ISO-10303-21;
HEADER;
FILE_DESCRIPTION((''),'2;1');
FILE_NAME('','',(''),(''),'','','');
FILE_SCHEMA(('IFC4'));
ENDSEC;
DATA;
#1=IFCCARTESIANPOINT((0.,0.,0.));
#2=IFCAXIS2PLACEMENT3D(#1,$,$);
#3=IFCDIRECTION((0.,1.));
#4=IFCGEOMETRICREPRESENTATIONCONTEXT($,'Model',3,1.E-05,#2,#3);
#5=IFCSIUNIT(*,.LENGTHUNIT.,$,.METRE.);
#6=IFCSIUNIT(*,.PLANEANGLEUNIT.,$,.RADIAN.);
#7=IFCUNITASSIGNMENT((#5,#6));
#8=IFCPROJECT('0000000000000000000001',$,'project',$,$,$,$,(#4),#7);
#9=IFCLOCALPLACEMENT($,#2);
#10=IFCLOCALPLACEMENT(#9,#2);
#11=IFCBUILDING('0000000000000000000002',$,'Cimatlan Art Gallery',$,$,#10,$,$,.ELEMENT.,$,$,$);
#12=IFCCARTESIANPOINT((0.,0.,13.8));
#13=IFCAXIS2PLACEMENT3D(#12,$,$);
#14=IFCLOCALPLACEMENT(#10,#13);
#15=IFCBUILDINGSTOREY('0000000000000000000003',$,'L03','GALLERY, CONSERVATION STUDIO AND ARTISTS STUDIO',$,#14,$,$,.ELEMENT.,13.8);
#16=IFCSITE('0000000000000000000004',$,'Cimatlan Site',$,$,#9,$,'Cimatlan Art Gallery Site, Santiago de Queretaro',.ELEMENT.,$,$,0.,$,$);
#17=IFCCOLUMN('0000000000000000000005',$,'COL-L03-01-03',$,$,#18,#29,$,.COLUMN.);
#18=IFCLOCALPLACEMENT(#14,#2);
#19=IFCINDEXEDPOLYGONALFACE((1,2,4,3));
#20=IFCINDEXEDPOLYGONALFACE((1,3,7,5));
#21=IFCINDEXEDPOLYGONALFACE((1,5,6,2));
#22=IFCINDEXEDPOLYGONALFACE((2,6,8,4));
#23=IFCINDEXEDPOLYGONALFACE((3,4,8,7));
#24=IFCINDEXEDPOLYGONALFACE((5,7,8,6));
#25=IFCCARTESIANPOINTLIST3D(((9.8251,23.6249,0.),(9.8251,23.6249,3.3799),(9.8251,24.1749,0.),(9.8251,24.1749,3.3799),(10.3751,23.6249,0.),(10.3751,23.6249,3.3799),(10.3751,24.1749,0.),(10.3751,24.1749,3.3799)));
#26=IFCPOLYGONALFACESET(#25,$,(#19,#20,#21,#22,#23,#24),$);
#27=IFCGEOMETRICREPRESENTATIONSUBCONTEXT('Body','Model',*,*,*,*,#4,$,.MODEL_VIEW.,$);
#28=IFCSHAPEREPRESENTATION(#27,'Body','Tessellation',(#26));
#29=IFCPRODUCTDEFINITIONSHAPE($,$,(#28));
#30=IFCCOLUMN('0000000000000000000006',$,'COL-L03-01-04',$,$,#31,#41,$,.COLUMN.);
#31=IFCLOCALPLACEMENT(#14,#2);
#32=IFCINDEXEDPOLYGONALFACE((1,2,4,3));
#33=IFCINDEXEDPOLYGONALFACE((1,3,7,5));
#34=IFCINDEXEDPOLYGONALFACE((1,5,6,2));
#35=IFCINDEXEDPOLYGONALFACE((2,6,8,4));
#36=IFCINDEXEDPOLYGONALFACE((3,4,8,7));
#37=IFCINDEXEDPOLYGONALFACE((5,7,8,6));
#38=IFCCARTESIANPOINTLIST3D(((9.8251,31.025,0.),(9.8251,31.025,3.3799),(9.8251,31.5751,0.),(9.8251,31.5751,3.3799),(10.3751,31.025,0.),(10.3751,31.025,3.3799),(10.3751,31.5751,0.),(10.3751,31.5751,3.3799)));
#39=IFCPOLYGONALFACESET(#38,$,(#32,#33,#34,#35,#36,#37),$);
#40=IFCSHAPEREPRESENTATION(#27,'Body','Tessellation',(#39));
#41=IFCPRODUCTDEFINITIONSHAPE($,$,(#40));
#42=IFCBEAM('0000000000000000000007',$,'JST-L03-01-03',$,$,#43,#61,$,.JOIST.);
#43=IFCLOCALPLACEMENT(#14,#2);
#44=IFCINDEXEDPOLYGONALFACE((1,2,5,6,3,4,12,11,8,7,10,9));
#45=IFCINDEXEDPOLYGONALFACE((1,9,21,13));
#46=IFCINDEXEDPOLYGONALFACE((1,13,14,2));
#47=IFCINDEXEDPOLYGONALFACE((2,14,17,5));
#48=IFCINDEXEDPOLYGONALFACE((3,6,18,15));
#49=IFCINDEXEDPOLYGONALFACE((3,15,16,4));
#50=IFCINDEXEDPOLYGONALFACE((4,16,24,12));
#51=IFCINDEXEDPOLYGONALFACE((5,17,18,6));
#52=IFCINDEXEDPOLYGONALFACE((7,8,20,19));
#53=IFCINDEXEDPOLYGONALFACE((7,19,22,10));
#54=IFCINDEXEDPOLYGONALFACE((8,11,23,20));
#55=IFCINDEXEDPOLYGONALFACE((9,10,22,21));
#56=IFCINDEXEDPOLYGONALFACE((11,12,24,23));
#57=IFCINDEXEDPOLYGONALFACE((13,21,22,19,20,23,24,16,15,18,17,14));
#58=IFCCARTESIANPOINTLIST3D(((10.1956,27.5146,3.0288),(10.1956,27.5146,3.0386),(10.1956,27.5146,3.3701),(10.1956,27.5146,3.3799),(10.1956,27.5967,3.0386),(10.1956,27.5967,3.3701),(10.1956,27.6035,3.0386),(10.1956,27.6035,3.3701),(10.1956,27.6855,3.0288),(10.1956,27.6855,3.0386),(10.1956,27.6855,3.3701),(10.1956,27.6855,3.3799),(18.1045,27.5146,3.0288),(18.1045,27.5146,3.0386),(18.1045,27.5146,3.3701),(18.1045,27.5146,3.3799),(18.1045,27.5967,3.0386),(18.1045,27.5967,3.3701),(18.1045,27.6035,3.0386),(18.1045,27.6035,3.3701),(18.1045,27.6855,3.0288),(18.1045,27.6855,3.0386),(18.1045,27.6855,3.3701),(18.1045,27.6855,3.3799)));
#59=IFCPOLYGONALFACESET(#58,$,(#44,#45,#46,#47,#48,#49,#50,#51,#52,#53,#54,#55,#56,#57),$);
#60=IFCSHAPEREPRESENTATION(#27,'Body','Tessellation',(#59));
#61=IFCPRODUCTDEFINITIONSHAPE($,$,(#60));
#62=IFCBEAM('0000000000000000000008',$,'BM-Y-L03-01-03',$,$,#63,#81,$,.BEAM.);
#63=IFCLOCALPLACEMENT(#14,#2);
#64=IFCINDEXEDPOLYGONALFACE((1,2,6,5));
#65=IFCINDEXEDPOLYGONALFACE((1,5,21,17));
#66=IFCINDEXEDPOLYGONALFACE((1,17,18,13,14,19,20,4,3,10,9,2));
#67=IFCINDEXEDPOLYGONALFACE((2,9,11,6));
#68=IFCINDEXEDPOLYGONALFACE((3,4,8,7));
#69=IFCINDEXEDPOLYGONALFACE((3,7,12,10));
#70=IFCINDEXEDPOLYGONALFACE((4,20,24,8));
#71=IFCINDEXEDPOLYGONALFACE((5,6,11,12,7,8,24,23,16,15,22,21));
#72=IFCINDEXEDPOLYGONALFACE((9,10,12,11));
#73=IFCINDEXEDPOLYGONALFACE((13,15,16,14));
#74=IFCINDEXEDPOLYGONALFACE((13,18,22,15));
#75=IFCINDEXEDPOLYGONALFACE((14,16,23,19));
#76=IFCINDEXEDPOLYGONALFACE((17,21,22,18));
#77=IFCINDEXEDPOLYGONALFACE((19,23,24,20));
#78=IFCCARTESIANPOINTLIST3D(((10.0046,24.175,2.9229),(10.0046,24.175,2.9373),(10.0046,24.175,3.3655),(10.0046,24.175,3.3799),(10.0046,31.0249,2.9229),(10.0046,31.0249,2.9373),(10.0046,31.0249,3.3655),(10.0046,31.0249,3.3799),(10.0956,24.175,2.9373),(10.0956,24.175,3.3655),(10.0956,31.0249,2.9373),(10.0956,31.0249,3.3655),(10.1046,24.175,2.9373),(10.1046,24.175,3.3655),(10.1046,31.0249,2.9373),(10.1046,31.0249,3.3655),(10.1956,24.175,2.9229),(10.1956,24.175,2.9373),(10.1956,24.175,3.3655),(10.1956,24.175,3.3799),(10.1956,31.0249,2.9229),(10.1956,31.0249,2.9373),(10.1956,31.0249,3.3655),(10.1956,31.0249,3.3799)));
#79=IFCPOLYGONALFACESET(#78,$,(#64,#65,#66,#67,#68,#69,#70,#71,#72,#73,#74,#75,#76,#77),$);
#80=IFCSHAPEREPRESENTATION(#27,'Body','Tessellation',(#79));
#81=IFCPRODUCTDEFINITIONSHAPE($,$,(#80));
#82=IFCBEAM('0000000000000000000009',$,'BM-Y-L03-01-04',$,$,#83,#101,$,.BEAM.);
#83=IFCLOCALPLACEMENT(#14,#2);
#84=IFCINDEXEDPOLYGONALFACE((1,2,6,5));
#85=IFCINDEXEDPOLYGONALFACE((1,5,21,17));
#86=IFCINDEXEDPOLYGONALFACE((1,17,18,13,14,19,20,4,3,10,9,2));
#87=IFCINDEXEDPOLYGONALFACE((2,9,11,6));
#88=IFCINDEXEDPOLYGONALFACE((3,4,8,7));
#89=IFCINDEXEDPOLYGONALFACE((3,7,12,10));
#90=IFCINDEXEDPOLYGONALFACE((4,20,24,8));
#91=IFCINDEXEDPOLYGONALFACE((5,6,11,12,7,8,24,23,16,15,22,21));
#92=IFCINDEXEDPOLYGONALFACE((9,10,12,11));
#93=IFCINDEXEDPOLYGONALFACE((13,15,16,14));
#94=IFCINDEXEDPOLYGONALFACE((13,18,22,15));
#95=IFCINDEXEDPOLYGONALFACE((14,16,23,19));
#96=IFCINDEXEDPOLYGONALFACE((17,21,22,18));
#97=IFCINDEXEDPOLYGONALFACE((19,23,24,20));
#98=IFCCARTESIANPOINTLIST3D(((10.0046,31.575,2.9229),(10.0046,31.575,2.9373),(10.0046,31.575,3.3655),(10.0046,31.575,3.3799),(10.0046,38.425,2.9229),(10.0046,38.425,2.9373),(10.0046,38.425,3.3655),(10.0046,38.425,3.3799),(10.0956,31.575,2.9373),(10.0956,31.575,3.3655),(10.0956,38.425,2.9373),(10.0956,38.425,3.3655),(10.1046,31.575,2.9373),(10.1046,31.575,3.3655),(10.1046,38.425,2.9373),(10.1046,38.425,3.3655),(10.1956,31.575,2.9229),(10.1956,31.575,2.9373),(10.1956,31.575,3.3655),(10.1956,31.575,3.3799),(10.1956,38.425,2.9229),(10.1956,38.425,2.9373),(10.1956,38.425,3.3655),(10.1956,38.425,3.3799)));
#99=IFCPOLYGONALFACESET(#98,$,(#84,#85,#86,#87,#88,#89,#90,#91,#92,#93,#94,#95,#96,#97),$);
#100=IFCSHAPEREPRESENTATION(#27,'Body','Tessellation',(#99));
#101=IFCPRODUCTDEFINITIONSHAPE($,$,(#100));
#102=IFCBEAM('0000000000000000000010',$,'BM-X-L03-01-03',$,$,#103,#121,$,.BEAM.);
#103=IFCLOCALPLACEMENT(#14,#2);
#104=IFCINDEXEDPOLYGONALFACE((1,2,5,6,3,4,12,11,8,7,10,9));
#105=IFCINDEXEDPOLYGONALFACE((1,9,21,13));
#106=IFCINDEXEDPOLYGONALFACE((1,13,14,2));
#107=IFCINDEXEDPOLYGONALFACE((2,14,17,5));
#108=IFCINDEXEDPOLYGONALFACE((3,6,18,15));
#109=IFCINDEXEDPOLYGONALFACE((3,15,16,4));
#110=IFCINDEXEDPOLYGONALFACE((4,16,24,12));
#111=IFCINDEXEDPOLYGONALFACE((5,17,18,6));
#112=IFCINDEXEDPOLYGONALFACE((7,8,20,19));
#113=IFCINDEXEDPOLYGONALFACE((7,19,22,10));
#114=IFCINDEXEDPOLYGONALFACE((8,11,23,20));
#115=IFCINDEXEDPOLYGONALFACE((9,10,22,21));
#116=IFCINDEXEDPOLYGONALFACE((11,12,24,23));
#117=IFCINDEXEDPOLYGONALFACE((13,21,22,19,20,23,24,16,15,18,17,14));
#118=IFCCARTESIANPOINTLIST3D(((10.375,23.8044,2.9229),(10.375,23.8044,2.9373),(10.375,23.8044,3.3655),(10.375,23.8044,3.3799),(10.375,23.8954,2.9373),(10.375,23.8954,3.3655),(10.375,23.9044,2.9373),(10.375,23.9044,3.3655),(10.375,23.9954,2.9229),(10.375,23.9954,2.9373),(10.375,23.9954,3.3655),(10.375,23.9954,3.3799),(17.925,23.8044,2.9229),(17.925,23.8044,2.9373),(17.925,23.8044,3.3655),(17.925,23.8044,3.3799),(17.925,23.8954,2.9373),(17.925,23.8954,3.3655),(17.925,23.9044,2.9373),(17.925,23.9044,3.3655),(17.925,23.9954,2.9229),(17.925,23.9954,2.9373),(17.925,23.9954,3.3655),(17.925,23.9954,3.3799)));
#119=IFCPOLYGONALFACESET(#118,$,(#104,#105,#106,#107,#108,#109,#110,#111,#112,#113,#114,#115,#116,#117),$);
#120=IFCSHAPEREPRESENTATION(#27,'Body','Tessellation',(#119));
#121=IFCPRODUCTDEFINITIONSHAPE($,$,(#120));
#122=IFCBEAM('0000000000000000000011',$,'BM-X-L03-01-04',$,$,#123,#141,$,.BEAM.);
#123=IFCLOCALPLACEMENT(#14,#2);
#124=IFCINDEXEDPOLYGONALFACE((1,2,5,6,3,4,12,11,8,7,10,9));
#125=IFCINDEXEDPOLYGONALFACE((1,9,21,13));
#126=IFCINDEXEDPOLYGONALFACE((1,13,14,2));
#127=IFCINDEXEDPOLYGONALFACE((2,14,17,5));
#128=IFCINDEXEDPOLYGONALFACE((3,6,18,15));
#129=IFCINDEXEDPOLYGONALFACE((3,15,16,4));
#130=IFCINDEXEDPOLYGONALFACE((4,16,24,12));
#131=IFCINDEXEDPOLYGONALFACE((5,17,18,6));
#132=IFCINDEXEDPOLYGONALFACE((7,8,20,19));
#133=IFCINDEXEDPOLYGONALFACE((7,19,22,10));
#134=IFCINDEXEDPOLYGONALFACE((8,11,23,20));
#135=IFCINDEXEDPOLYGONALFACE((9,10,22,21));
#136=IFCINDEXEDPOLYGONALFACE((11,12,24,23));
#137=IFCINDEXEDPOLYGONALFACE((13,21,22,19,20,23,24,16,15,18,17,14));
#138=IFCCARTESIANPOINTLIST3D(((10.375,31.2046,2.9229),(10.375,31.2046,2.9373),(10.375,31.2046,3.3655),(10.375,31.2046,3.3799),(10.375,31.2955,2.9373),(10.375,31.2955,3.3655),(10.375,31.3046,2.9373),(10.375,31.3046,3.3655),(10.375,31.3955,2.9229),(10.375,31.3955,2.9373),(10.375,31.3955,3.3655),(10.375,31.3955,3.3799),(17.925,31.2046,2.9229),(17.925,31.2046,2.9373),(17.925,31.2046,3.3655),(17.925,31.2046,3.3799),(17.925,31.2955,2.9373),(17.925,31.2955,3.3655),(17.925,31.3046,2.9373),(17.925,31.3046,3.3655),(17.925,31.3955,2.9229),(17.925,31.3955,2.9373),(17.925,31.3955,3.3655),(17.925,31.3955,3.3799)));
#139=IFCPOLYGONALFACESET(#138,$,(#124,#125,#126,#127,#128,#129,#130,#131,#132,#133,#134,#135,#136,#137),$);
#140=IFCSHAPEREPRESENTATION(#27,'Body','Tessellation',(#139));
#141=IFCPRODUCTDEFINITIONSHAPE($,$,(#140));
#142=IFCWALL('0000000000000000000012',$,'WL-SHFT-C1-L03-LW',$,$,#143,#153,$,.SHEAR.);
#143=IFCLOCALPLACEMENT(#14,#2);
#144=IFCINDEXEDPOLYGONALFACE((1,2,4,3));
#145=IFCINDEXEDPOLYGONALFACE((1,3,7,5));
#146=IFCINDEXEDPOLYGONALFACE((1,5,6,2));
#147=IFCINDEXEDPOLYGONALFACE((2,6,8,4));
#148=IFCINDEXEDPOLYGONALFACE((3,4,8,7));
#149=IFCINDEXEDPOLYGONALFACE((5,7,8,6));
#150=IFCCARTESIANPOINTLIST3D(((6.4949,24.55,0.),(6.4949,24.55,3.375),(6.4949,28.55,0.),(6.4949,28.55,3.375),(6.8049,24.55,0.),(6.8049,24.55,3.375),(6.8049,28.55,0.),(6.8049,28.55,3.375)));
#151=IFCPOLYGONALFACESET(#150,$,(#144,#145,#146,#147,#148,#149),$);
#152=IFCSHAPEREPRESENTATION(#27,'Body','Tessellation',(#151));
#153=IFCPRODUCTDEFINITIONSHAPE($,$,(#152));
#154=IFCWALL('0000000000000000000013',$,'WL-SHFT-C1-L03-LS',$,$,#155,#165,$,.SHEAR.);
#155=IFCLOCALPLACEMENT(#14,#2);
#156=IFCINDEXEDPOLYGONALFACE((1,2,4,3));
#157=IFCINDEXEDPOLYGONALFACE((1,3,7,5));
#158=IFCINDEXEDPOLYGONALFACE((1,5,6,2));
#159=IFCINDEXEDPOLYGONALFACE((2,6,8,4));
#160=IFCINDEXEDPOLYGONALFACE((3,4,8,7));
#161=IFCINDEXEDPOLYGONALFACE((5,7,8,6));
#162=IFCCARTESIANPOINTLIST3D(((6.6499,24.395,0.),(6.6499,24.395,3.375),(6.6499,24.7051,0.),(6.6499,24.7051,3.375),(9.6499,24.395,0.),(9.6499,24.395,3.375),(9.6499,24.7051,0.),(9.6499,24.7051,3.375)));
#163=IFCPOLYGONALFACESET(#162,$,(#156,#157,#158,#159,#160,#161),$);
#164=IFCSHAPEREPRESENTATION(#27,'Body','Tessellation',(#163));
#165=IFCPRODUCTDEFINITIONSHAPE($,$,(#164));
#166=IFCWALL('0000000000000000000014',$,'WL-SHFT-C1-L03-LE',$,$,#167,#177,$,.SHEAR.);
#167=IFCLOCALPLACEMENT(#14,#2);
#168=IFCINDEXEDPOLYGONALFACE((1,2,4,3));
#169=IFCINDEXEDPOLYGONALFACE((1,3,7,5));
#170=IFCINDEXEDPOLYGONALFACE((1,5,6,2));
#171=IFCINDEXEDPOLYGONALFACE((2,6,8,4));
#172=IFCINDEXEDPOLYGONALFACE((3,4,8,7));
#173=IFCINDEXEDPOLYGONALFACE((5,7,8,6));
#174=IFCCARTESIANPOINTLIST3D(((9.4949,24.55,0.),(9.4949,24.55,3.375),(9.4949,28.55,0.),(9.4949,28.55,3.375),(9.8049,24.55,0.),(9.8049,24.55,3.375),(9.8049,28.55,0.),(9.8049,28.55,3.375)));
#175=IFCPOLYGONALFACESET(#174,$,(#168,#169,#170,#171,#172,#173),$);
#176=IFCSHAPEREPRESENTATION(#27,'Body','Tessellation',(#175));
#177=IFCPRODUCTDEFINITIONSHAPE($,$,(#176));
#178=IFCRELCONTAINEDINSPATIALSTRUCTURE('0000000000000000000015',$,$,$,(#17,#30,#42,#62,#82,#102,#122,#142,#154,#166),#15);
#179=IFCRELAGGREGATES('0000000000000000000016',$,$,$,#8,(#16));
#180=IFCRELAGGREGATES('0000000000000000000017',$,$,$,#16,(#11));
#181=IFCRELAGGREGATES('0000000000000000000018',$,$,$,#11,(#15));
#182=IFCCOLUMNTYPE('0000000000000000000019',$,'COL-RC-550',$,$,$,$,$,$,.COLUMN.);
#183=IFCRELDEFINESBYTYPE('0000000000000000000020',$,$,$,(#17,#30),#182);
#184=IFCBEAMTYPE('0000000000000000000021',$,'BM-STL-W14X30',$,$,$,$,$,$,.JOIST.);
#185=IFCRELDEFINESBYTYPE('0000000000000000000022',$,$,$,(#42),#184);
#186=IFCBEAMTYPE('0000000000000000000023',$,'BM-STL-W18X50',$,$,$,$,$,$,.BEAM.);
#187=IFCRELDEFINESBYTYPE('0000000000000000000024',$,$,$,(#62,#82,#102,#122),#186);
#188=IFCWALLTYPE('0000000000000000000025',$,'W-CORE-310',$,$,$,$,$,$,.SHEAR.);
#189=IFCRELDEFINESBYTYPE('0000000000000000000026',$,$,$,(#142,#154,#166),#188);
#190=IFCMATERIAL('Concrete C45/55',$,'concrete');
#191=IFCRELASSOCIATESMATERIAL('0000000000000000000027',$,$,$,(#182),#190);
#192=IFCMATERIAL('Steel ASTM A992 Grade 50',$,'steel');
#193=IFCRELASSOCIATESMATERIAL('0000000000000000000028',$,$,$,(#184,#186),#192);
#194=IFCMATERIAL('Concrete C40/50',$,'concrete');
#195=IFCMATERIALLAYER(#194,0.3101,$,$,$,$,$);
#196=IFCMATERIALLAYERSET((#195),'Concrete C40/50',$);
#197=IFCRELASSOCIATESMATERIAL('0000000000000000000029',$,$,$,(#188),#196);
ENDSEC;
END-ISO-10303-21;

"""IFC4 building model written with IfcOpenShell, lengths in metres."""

from ifc_helpers import new_model, si_unit, direction, frame, frame_2d, origin, origin_2d, place, context, subcontext, project, spatial, rectangle, i_section, extrude, material, layer, layer_set, material_profile, profile_set, type_object, element, save


model = new_model("IFC4")

# Units and contexts
model_context = context("Model", 3, precision=1e-05, world=origin(), true_north=direction((0.0, 1.0)))
body_context = subcontext(model_context, "Body", "Model", "MODEL_VIEW")
ifc_project = project(units=[si_unit("LENGTHUNIT", "METRE"), si_unit("PLANEANGLEUNIT", "RADIAN")], contexts=[model_context])

# Site, building, storey
site_placement = place(None, origin())
site = spatial("IfcSite", under=ifc_project, at=site_placement, Name="Cimatlan Site", LongName="Cimatlan Art Gallery Site, Santiago de Queretaro", CompositionType="ELEMENT", RefElevation=0.0)
building_placement = place(site_placement, origin())
building = spatial("IfcBuilding", under=site, at=building_placement, Name="Cimatlan Art Gallery", CompositionType="ELEMENT")
storey_placement = place(building_placement, frame((0.0, 0.0, 13.8)))
storey = spatial("IfcBuildingStorey", under=building, at=storey_placement, Name="L03", Description="GALLERY, CONSERVATION STUDIO AND ARTISTS STUDIO", CompositionType="ELEMENT", Elevation=13.8)

# Columns
ifc_material_1 = material(Name="Concrete C45/55", Category="concrete")
ifc_material_profile_1 = material_profile(ifc_material_1, rectangle(XDim=0.55, YDim=0.55, at=origin_2d()), Name="RC550X550")
ifc_profile_set_1 = profile_set([ifc_material_profile_1], Name="Concrete C45/55")
column_type = type_object("IfcColumnType", Name="COL-RC-550", PredefinedType="COLUMN", material=ifc_profile_set_1)
for number, where, z_axis, x_axis, name in (
    (1, (10.1001, 23.8999, 0.0), (0.0, 0.0, 1.0), (1.0, 0.0, 0.0), "COL-L03-01-03"),
    (2, (10.1001, 31.3, 0.0), (0.0, 0.0, 1.0), (1.0, 0.0, 0.0), "COL-L03-01-04"),
):
    element("IfcColumn", number, at=place(storey_placement, frame(where, z_axis=z_axis, x_axis=x_axis)), inside=storey, type_object=column_type, Name=name, PredefinedType="COLUMN", context=body_context, shape_type="SweptSolid", body=[
        extrude(rectangle(XDim=0.55, YDim=0.55, at=origin_2d()), origin(), (0.0, 0.0, 1.0), 3.3799),
    ])

# Beams
ifc_material_2 = material(Name="Steel ASTM A992 Grade 50", Category="steel")
ifc_material_profile_2 = material_profile(ifc_material_2, i_section(OverallWidth=0.1709, OverallDepth=0.3511, WebThickness=0.0068, FlangeThickness=0.0098, at=origin_2d()), Name="W14X30")
ifc_profile_set_2 = profile_set([ifc_material_profile_2], Name="Steel ASTM A992 Grade 50")
beam_type_1 = type_object("IfcBeamType", Name="BM-STL-W14X30", PredefinedType="JOIST", material=ifc_profile_set_2)
beam_1_placement = place(storey_placement, frame((10.1956, 27.6001, 3.2043), z_axis=(1.0, 0.0, 0.0), x_axis=(0.0, 1.0, 0.0)))
element("IfcBeam", 3, at=beam_1_placement, inside=storey, type_object=beam_type_1, Name="JST-L03-01-03", PredefinedType="JOIST", context=body_context, shape_type="SweptSolid", body=[
    extrude(i_section(OverallWidth=0.1709, OverallDepth=0.3511, WebThickness=0.0068, FlangeThickness=0.0098, at=origin_2d()), origin(), (0.0, 0.0, 1.0), 7.9089),
])
ifc_material_profile_3 = material_profile(ifc_material_2, i_section(OverallWidth=0.1909, OverallDepth=0.457, WebThickness=0.009, FlangeThickness=0.0144, at=origin_2d()), Name="W18X50")
ifc_profile_set_3 = profile_set([ifc_material_profile_3], Name="Steel ASTM A992 Grade 50")
beam_type_2 = type_object("IfcBeamType", Name="BM-STL-W18X50", PredefinedType="BEAM", material=ifc_profile_set_3)
beam_2_placement = place(storey_placement, frame((10.1001, 24.175, 3.1514), z_axis=(0.0, 1.0, 0.0), x_axis=(-1.0, 0.0, 0.0)))
element("IfcBeam", 4, at=beam_2_placement, inside=storey, type_object=beam_type_2, Name="BM-Y-L03-01-03", PredefinedType="BEAM", context=body_context, shape_type="SweptSolid", body=[
    extrude(i_section(OverallWidth=0.1909, OverallDepth=0.457, WebThickness=0.009, FlangeThickness=0.0144, at=origin_2d()), origin(), (0.0, 0.0, 1.0), 6.8499),
])
beam_3_placement = place(storey_placement, frame((10.1001, 31.575, 3.1514), z_axis=(0.0, 1.0, 0.0), x_axis=(-1.0, 0.0, 0.0)))
element("IfcBeam", 5, at=beam_3_placement, inside=storey, type_object=beam_type_2, Name="BM-Y-L03-01-04", PredefinedType="BEAM", context=body_context, shape_type="SweptSolid", body=[
    extrude(i_section(OverallWidth=0.1909, OverallDepth=0.457, WebThickness=0.009, FlangeThickness=0.0144, at=origin_2d()), origin(), (0.0, 0.0, 1.0), 6.8501),
])
for number, where, z_axis, x_axis, name in (
    (6, (10.375, 23.8999, 3.1514), (1.0, 0.0, 0.0), (0.0, 1.0, 0.0), "BM-X-L03-01-03"),
    (7, (10.375, 31.3, 3.1514), (1.0, 0.0, 0.0), (0.0, 1.0, 0.0), "BM-X-L03-01-04"),
):
    element("IfcBeam", number, at=place(storey_placement, frame(where, z_axis=z_axis, x_axis=x_axis)), inside=storey, type_object=beam_type_2, Name=name, PredefinedType="BEAM", context=body_context, shape_type="SweptSolid", body=[
        extrude(i_section(OverallWidth=0.1909, OverallDepth=0.457, WebThickness=0.009, FlangeThickness=0.0144, at=origin_2d()), origin(), (0.0, 0.0, 1.0), 7.55),
    ])

# Walls
ifc_material_3 = material(Name="Concrete C40/50", Category="concrete")
ifc_layer_1 = layer(ifc_material_3, 0.3101)
ifc_layer_set_1 = layer_set([ifc_layer_1], Name="Concrete C40/50")
wall_type_1 = type_object("IfcWallType", Name="W-CORE-310", PredefinedType="SHEAR", material=ifc_layer_set_1)
wall_1_placement = place(storey_placement, frame((6.6499, 24.55, 0.0), z_axis=(0.0, 0.0, 1.0), x_axis=(0.0, 1.0, 0.0)))
element("IfcWall", 8, at=wall_1_placement, inside=storey, type_object=wall_type_1, Name="WL-SHFT-C1-L03-LW", PredefinedType="SHEAR", context=body_context, shape_type="SweptSolid", body=[
    extrude(rectangle(XDim=4.0, YDim=0.3101, at=frame_2d((2.0, 0.0))), origin(), (0.0, 0.0, 1.0), 3.375),
])
wall_2_placement = place(storey_placement, frame((6.6499, 24.55, 0.0), z_axis=(0.0, 0.0, 1.0), x_axis=(1.0, 0.0, 0.0)))
element("IfcWall", 9, at=wall_2_placement, inside=storey, type_object=wall_type_1, Name="WL-SHFT-C1-L03-LS", PredefinedType="SHEAR", context=body_context, shape_type="SweptSolid", body=[
    extrude(rectangle(XDim=3.0, YDim=0.3101, at=frame_2d((1.5, 0.0))), origin(), (0.0, 0.0, 1.0), 3.375),
])
wall_3_placement = place(storey_placement, frame((9.6499, 24.55, 0.0), z_axis=(0.0, 0.0, 1.0), x_axis=(0.0, 1.0, 0.0)))
element("IfcWall", 10, at=wall_3_placement, inside=storey, type_object=wall_type_1, Name="WL-SHFT-C1-L03-LE", PredefinedType="SHEAR", context=body_context, shape_type="SweptSolid", body=[
    extrude(rectangle(XDim=4.0, YDim=0.3101, at=frame_2d((2.0, 0.0))), origin(), (0.0, 0.0, 1.0), 3.375),
])

save(model, "model.ifc")
